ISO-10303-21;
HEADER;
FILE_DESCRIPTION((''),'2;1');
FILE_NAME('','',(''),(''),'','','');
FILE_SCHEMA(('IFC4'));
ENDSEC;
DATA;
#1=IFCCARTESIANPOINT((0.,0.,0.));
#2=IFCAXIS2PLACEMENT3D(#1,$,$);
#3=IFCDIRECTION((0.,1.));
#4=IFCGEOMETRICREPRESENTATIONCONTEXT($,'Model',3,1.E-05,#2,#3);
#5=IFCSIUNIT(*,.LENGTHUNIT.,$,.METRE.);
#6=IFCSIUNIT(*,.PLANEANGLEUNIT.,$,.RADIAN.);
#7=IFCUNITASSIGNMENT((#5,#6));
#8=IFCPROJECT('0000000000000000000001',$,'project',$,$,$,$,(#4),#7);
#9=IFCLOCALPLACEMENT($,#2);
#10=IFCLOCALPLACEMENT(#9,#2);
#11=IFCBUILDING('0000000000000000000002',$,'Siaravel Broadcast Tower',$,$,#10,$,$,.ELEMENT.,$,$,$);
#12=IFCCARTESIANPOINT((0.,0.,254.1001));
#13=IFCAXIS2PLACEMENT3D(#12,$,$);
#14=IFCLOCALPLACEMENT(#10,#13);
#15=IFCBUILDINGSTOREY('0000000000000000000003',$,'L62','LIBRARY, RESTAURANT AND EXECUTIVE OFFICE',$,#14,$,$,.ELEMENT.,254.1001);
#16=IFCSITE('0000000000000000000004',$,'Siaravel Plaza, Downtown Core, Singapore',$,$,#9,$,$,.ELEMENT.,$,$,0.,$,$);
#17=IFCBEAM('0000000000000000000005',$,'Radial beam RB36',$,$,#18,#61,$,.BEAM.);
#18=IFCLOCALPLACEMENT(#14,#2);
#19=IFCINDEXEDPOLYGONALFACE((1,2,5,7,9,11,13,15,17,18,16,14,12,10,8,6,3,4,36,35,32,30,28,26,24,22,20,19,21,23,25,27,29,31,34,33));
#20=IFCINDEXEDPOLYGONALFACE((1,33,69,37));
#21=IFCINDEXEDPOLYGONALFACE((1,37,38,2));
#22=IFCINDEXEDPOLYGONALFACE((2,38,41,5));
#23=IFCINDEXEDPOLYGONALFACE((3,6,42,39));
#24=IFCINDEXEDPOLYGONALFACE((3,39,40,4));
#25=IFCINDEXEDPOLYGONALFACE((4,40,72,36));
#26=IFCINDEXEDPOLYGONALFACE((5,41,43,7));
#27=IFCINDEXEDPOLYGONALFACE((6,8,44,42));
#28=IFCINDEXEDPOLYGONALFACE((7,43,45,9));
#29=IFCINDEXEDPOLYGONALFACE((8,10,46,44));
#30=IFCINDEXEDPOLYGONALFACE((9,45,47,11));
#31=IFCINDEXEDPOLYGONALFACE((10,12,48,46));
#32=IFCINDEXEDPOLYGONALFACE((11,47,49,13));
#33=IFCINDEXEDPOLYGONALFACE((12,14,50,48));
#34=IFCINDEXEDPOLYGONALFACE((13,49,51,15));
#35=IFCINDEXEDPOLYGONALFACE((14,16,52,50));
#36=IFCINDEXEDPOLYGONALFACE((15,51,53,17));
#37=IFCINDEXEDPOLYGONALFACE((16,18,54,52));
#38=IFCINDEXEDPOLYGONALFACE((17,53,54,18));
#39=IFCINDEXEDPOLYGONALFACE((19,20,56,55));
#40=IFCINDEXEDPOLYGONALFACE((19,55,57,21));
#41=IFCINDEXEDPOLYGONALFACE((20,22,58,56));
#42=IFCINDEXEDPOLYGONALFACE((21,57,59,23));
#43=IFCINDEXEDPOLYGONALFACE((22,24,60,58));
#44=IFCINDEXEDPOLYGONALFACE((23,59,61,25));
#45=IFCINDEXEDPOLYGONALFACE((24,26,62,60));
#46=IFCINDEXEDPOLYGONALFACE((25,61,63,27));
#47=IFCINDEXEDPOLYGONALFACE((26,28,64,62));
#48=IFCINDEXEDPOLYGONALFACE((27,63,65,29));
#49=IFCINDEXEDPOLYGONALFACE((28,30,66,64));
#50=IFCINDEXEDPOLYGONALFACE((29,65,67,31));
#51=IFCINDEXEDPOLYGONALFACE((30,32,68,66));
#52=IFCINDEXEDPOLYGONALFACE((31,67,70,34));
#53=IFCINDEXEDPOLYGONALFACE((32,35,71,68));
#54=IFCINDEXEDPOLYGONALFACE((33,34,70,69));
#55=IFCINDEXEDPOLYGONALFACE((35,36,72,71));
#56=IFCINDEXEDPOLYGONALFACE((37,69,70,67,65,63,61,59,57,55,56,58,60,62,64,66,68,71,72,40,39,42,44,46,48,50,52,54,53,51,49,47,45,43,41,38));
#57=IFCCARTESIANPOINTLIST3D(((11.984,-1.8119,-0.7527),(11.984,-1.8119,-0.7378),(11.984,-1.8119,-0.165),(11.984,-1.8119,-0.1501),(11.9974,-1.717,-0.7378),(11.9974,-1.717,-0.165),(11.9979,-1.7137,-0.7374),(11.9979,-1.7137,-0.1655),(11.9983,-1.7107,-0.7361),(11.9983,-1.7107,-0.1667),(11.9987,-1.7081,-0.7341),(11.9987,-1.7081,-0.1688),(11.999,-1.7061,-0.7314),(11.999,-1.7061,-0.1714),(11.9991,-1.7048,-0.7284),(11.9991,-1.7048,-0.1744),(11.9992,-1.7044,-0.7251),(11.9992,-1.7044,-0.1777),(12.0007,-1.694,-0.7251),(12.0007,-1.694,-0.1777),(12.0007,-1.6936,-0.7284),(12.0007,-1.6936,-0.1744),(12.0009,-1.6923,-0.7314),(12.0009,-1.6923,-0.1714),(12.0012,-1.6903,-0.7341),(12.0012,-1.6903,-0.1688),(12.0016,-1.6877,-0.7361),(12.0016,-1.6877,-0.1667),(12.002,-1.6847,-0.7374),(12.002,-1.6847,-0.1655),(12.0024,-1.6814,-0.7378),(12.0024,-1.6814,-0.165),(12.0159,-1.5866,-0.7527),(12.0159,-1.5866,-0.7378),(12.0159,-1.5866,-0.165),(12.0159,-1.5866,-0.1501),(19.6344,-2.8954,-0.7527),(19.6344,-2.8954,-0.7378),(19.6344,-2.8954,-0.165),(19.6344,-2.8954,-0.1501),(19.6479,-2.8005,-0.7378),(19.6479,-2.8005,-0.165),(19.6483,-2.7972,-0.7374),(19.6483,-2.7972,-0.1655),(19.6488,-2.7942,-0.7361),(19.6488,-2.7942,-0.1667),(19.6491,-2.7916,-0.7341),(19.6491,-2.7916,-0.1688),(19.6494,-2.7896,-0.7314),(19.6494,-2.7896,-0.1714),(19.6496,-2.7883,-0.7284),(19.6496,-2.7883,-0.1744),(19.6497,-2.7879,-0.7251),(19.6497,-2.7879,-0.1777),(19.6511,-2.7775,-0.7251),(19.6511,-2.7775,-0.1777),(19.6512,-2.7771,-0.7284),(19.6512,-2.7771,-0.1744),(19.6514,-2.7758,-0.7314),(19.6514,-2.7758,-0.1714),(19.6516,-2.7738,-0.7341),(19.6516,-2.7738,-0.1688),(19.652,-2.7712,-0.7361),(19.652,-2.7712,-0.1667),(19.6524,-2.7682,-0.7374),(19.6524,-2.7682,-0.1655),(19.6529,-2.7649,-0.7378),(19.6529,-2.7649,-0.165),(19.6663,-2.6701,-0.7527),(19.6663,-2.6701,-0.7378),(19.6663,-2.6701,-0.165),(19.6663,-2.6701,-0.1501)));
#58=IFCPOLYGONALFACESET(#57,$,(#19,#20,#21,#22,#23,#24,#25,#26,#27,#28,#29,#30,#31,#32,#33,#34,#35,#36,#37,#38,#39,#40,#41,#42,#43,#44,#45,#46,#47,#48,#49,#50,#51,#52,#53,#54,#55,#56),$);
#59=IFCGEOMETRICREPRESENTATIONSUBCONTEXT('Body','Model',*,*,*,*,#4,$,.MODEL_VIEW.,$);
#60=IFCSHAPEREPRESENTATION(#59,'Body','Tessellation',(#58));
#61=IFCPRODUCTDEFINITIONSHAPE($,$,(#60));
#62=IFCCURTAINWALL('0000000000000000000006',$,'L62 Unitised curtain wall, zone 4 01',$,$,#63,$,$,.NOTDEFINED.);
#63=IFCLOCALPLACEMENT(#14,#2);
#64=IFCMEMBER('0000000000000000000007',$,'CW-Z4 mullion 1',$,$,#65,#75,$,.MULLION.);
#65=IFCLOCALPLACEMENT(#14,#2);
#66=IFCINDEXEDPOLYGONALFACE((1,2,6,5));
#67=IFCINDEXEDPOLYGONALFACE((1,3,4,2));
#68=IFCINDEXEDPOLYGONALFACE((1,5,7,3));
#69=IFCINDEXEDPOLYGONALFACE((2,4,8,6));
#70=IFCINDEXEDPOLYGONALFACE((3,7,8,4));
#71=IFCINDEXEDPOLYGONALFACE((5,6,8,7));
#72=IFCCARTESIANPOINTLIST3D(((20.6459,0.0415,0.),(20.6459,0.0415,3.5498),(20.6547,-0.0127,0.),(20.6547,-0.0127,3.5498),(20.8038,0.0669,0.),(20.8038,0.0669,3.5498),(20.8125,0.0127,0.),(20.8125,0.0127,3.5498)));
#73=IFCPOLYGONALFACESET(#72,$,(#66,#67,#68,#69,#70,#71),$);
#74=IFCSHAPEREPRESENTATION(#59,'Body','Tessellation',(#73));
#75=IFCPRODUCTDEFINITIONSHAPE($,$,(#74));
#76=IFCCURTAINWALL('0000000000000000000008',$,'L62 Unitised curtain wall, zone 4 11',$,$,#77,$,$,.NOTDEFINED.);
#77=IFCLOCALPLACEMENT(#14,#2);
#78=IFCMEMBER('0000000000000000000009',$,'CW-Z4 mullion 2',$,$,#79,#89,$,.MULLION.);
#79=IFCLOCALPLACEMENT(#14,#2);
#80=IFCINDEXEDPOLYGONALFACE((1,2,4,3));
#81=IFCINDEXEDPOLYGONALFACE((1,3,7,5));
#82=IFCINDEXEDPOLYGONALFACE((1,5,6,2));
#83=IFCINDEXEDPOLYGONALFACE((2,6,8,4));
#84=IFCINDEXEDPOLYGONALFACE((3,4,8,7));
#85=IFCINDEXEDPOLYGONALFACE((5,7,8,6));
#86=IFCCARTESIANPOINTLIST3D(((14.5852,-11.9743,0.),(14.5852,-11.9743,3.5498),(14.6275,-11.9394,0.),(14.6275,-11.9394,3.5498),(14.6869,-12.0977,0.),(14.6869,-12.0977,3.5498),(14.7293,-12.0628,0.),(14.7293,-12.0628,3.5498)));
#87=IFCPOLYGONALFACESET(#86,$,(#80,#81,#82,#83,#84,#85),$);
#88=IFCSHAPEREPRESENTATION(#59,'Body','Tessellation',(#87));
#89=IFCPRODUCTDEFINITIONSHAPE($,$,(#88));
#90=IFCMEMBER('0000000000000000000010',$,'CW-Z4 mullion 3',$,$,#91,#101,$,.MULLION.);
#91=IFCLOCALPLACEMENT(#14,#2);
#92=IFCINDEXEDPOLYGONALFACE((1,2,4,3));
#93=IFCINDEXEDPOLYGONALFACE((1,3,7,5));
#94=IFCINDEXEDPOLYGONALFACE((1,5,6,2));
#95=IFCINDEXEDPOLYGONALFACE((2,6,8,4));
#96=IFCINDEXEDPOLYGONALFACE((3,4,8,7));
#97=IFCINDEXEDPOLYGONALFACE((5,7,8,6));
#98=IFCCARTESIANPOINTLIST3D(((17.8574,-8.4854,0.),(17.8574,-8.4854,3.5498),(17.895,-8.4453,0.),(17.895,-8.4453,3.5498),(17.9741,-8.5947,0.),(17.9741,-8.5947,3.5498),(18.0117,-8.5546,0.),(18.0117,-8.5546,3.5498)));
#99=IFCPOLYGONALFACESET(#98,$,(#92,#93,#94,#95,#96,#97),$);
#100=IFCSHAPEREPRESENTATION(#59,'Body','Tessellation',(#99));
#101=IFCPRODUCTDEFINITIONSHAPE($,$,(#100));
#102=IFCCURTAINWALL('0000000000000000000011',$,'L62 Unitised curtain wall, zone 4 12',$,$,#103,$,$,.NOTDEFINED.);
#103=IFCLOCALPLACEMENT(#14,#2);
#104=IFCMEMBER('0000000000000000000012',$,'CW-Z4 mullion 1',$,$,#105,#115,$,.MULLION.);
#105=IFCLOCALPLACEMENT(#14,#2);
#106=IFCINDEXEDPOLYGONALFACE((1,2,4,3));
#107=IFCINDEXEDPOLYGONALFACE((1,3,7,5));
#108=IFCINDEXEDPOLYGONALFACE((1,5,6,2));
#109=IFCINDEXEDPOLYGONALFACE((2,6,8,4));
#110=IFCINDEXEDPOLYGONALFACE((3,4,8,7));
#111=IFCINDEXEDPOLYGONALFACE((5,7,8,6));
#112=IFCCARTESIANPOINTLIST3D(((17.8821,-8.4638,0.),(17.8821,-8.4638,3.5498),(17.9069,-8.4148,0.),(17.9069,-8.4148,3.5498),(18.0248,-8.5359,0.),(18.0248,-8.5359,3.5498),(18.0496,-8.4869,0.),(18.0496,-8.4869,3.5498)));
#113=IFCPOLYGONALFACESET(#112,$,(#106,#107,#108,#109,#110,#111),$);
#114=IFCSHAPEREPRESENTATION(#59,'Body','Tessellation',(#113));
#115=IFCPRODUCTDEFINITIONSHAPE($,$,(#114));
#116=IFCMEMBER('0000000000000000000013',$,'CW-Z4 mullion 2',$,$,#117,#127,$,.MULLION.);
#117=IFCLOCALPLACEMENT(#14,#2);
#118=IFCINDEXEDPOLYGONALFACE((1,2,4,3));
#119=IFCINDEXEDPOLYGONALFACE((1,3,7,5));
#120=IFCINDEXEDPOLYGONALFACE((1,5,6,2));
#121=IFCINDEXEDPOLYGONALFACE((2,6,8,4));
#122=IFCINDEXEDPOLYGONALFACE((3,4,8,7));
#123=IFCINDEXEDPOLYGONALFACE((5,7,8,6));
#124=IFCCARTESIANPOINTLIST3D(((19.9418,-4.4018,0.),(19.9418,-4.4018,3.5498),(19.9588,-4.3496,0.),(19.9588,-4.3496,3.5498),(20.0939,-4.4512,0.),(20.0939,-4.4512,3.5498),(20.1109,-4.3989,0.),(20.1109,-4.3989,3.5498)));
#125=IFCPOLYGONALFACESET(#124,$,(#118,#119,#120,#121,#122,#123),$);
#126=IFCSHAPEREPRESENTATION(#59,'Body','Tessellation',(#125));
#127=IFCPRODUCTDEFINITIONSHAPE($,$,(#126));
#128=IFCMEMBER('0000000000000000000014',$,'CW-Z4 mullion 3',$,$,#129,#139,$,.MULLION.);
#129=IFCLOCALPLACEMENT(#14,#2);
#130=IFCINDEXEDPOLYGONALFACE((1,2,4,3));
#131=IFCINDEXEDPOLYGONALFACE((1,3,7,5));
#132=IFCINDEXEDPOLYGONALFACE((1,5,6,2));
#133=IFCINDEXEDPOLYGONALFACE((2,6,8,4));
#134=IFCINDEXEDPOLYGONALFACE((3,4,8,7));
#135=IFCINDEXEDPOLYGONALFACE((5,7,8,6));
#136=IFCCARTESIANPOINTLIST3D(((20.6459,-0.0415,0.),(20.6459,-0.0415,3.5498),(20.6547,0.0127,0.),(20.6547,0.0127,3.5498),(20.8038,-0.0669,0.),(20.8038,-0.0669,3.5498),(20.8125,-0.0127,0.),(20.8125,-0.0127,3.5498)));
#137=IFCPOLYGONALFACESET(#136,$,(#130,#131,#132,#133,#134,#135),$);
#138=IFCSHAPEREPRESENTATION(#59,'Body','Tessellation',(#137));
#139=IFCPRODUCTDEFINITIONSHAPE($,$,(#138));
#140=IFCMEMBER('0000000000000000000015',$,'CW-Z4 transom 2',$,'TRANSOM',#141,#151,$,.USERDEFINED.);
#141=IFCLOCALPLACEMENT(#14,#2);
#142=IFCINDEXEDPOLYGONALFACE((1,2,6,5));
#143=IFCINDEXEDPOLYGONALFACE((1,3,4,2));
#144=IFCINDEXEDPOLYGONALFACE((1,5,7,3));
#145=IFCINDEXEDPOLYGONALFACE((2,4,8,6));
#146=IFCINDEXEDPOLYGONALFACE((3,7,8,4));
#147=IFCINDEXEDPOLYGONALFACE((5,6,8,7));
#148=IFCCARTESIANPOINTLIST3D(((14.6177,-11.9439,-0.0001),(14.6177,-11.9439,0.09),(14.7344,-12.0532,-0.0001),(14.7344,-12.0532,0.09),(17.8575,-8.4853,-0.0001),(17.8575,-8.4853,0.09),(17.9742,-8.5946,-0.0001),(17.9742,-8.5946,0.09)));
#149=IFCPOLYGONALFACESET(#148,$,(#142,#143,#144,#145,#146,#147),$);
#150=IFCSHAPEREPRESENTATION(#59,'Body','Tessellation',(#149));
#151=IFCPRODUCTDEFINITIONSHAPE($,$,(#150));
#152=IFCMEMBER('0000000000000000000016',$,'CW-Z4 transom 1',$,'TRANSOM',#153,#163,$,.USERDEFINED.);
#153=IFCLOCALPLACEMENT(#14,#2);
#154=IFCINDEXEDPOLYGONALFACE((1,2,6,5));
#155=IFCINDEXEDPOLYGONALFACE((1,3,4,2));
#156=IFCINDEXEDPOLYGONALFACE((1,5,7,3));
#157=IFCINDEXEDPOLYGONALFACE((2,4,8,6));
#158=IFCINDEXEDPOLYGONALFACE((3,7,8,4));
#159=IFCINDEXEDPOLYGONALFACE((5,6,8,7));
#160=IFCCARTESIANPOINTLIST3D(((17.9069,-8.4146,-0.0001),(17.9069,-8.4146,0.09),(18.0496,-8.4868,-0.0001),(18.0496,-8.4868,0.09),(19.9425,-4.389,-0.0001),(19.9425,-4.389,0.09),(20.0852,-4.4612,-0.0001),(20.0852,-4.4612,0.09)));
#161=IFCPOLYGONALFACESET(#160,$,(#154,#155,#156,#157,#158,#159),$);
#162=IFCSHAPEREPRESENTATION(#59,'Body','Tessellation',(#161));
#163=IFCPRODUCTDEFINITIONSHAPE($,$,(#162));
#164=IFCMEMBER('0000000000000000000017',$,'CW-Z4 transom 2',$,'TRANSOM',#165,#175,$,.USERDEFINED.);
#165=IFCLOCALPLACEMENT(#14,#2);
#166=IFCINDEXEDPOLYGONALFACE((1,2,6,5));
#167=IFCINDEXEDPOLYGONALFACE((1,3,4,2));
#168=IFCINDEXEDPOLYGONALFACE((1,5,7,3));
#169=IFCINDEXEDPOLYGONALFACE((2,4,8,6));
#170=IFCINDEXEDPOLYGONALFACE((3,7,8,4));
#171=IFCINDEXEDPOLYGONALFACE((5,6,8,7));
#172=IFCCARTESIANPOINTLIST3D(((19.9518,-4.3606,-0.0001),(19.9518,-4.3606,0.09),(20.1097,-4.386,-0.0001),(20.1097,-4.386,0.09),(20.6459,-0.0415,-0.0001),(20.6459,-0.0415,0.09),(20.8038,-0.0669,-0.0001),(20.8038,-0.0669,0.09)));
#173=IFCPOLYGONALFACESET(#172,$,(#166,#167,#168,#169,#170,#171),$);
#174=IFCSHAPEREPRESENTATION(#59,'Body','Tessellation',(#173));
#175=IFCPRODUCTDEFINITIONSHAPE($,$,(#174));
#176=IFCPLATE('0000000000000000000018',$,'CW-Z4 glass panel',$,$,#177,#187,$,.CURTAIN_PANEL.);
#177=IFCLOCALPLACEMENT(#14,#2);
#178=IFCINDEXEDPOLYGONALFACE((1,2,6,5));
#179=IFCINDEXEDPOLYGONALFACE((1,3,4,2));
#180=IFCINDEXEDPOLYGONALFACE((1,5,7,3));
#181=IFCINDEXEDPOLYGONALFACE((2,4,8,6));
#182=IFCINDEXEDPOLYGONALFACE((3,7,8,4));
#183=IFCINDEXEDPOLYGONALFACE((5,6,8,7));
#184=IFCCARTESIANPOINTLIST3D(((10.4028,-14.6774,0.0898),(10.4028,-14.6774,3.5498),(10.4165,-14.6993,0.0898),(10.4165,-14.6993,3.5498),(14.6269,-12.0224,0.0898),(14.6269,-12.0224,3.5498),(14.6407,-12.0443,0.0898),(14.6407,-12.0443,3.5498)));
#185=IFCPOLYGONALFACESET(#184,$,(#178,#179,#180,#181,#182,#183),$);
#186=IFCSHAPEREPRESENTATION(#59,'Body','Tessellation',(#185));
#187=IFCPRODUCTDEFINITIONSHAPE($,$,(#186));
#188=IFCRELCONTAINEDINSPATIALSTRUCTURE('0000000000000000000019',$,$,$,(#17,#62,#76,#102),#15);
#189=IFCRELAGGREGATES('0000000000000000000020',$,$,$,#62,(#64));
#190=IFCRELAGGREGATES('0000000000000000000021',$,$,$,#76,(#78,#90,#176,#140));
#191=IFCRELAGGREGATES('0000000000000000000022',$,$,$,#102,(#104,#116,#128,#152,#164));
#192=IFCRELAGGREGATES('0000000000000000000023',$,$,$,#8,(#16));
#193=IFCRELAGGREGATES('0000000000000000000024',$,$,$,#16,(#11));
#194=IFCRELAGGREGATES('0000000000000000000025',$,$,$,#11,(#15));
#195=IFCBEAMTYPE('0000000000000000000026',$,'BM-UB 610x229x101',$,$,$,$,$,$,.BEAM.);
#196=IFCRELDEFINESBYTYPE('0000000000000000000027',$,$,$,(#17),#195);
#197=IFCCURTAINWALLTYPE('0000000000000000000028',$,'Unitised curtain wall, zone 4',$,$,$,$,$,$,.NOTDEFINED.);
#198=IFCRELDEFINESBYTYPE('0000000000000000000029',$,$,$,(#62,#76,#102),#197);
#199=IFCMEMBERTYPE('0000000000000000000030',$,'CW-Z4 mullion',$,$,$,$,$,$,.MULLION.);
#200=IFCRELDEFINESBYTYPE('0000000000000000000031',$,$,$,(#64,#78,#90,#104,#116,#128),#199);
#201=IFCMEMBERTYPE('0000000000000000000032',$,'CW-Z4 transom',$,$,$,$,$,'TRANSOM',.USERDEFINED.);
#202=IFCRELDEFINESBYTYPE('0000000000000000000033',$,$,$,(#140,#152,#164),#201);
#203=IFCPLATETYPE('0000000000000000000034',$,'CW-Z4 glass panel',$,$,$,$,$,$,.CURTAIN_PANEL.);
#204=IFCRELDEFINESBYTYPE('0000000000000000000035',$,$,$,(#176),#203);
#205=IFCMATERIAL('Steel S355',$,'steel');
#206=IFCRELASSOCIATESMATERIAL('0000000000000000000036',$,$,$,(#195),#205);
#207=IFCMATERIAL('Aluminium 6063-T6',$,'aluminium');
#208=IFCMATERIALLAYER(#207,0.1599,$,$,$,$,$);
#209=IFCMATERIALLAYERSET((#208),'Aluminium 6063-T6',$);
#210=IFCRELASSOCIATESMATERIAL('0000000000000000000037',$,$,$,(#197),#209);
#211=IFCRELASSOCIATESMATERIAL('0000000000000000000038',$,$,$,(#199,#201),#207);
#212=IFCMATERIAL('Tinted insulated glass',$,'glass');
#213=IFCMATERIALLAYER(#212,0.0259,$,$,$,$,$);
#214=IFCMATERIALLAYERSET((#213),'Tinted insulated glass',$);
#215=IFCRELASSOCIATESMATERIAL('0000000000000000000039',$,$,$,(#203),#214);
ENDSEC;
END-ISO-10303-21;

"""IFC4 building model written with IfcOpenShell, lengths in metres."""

from ifc_helpers import new_model, si_unit, direction, frame, origin, origin_2d, place, context, subcontext, project, spatial, rectangle, i_section, extrude, material, layer, layer_set, material_profile, profile_set, type_object, element, aggregate, save


model = new_model("IFC4")

# Units and contexts
model_context = context("Model", 3, precision=1e-05, world=origin(), true_north=direction((0.0, 1.0)))
body_context = subcontext(model_context, "Body", "Model", "MODEL_VIEW")
ifc_project = project(units=[si_unit("LENGTHUNIT", "METRE"), si_unit("PLANEANGLEUNIT", "RADIAN")], contexts=[model_context])

# Site, building, storey
site_placement = place(None, origin())
site = spatial("IfcSite", under=ifc_project, at=site_placement, Name="Siaravel Plaza, Downtown Core, Singapore", CompositionType="ELEMENT", RefElevation=0.0)
building_placement = place(site_placement, origin())
building = spatial("IfcBuilding", under=site, at=building_placement, Name="Siaravel Broadcast Tower", CompositionType="ELEMENT")
storey_placement = place(building_placement, frame((0.0, 0.0, 254.1001)))
storey = spatial("IfcBuildingStorey", under=building, at=storey_placement, Name="L62", Description="LIBRARY, RESTAURANT AND EXECUTIVE OFFICE", CompositionType="ELEMENT", Elevation=254.1001)

# Beam
ifc_material_1 = material(Name="Steel S355", Category="steel")
ifc_material_profile_1 = material_profile(ifc_material_1, i_section(OverallWidth=0.2275, OverallDepth=0.6025, WebThickness=0.0105, FlangeThickness=0.0149, FilletRadius=0.0127, at=origin_2d()))
ifc_profile_set_1 = profile_set([ifc_material_profile_1], Name="Steel S355")
beam_type = type_object("IfcBeamType", Name="BM-UB 610x229x101", PredefinedType="BEAM", material=ifc_profile_set_1)
beam_1_placement = place(storey_placement, frame((19.6504, -2.7827, -0.4514), z_axis=(-0.990119, 0.140227, 0.0), x_axis=(-0.140227, -0.990119, 0.0)))
element("IfcBeam", 1, at=beam_1_placement, inside=storey, type_object=beam_type, Name="Radial beam RB36", PredefinedType="BEAM", context=body_context, shape_type="SweptSolid", body=[
    extrude(i_section(OverallWidth=0.2275, OverallDepth=0.6025, WebThickness=0.0105, FlangeThickness=0.0149, FilletRadius=0.0127, at=origin_2d()), origin(), (0.0, 0.0, 1.0), 7.7268),
])

# Curtain wall, member
ifc_material_2 = material(Name="Aluminium 6063-T6", Category="aluminium")
ifc_layer_1 = layer(ifc_material_2, 0.1599)
ifc_layer_set_1 = layer_set([ifc_layer_1], Name="Aluminium 6063-T6")
curtain_wall_type = type_object("IfcCurtainWallType", Name="Unitised curtain wall, zone 4", PredefinedType="NOTDEFINED", material=ifc_layer_set_1)
curtain_wall_1_placement = place(storey_placement, origin())
curtain_wall_1 = element("IfcCurtainWall", 2, at=curtain_wall_1_placement, inside=storey, type_object=curtain_wall_type, Name="L62 Unitised curtain wall, zone 4 01", PredefinedType="NOTDEFINED")
ifc_material_profile_2 = material_profile(ifc_material_2, rectangle(XDim=0.1599, YDim=0.0549, at=origin_2d()))
ifc_profile_set_2 = profile_set([ifc_material_profile_2], Name="Aluminium 6063-T6")
member_type_1 = type_object("IfcMemberType", Name="CW-Z4 mullion", PredefinedType="MULLION", material=ifc_profile_set_2)
member_1_placement = place(storey_placement, frame((20.7292, 0.0271, 0.0), z_axis=(0.0, 0.0, 1.0), x_axis=(-0.987329, -0.158685, 0.0)))
member_1 = element("IfcMember", 3, at=member_1_placement, type_object=member_type_1, Name="CW-Z4 mullion 1", PredefinedType="MULLION", context=body_context, shape_type="SweptSolid", body=[
    extrude(rectangle(XDim=0.1599, YDim=0.0549, at=origin_2d()), origin(), (0.0, 0.0, 1.0), 3.5498),
])
aggregate(curtain_wall_1, [member_1])

# Curtain walls, members
curtain_wall_2_placement = place(storey_placement, origin())
curtain_wall_2 = element("IfcCurtainWall", 4, at=curtain_wall_2_placement, inside=storey, type_object=curtain_wall_type, Name="L62 Unitised curtain wall, zone 4 11", PredefinedType="NOTDEFINED")
member_2_placement = place(storey_placement, frame((14.6572, -12.0186, 0.0), z_axis=(0.0, 0.0, 1.0), x_axis=(-0.63622, 0.771508, 0.0)))
member_2 = element("IfcMember", 5, at=member_2_placement, type_object=member_type_1, Name="CW-Z4 mullion 2", PredefinedType="MULLION", context=body_context, shape_type="SweptSolid", body=[
    extrude(rectangle(XDim=0.1599, YDim=0.0549, at=origin_2d()), origin(), (0.0, 0.0, 1.0), 3.5498),
])
member_3_placement = place(storey_placement, frame((17.9346, -8.52, 0.0), z_axis=(0.0, 0.0, 1.0), x_axis=(-0.729807, 0.683654, 0.0)))
member_3 = element("IfcMember", 6, at=member_3_placement, type_object=member_type_1, Name="CW-Z4 mullion 3", PredefinedType="MULLION", context=body_context, shape_type="SweptSolid", body=[
    extrude(rectangle(XDim=0.1599, YDim=0.0549, at=origin_2d()), origin(), (0.0, 0.0, 1.0), 3.5498),
])
curtain_wall_3_placement = place(storey_placement, origin())
curtain_wall_3 = element("IfcCurtainWall", 7, at=curtain_wall_3_placement, inside=storey, type_object=curtain_wall_type, Name="L62 Unitised curtain wall, zone 4 12", PredefinedType="NOTDEFINED")
member_4_placement = place(storey_placement, frame((17.9658, -8.4753, 0.0), z_axis=(0.0, 0.0, 1.0), x_axis=(-0.892393, 0.451259, 0.0)))
member_4 = element("IfcMember", 8, at=member_4_placement, type_object=member_type_1, Name="CW-Z4 mullion 1", PredefinedType="MULLION", context=body_context, shape_type="SweptSolid", body=[
    extrude(rectangle(XDim=0.1599, YDim=0.0549, at=origin_2d()), origin(), (0.0, 0.0, 1.0), 3.5498),
])
member_5_placement = place(storey_placement, frame((20.0264, -4.4004, 0.0), z_axis=(0.0, 0.0, 1.0), x_axis=(-0.951178, 0.308644, 0.0)))
member_5 = element("IfcMember", 9, at=member_5_placement, type_object=member_type_1, Name="CW-Z4 mullion 2", PredefinedType="MULLION", context=body_context, shape_type="SweptSolid", body=[
    extrude(rectangle(XDim=0.1599, YDim=0.0549, at=origin_2d()), origin(), (0.0, 0.0, 1.0), 3.5498),
])
member_6_placement = place(storey_placement, frame((20.7292, -0.0271, 0.0), z_axis=(0.0, 0.0, 1.0), x_axis=(-0.987329, 0.158685, 0.0)))
member_6 = element("IfcMember", 10, at=member_6_placement, type_object=member_type_1, Name="CW-Z4 mullion 3", PredefinedType="MULLION", context=body_context, shape_type="SweptSolid", body=[
    extrude(rectangle(XDim=0.1599, YDim=0.0549, at=origin_2d()), origin(), (0.0, 0.0, 1.0), 3.5498),
])

# Members
ifc_material_profile_3 = material_profile(ifc_material_2, rectangle(XDim=0.1599, YDim=0.0901, at=origin_2d()))
ifc_profile_set_3 = profile_set([ifc_material_profile_3], Name="Aluminium 6063-T6")
member_type_2 = type_object("IfcMemberType", Name="CW-Z4 transom", ElementType="TRANSOM", PredefinedType="USERDEFINED", material=ifc_profile_set_3)
member_7_placement = place(storey_placement, frame((14.676, -11.9985, 0.0449), z_axis=(0.68365, 0.72981, 0.0), x_axis=(-0.72981, 0.68365, 0.0)))
member_7 = element("IfcMember", 11, at=member_7_placement, type_object=member_type_2, Name="CW-Z4 transom 2", ObjectType="TRANSOM", PredefinedType="USERDEFINED", context=body_context, shape_type="SweptSolid", body=[
    extrude(rectangle(XDim=0.1599, YDim=0.0901, at=origin_2d()), origin(), (0.0, 0.0, 1.0), 4.739),
])
member_8_placement = place(storey_placement, frame((17.9783, -8.4507, 0.0449), z_axis=(0.451257, 0.892394, 0.0), x_axis=(-0.892394, 0.451257, 0.0)))
member_8 = element("IfcMember", 12, at=member_8_placement, type_object=member_type_2, Name="CW-Z4 transom 1", ObjectType="TRANSOM", PredefinedType="USERDEFINED", context=body_context, shape_type="SweptSolid", body=[
    extrude(rectangle(XDim=0.1599, YDim=0.0901, at=origin_2d()), origin(), (0.0, 0.0, 1.0), 4.511),
])
member_9_placement = place(storey_placement, frame((20.0308, -4.3733, 0.0449), z_axis=(0.158667, 0.987332, 0.0), x_axis=(-0.987332, 0.158667, 0.0)))
member_9 = element("IfcMember", 13, at=member_9_placement, type_object=member_type_2, Name="CW-Z4 transom 2", ObjectType="TRANSOM", PredefinedType="USERDEFINED", context=body_context, shape_type="SweptSolid", body=[
    extrude(rectangle(XDim=0.1599, YDim=0.0901, at=origin_2d()), origin(), (0.0, 0.0, 1.0), 4.3745),
])

# Plate
ifc_material_3 = material(Name="Tinted insulated glass", Category="glass")
ifc_layer_2 = layer(ifc_material_3, 0.0259)
ifc_layer_set_2 = layer_set([ifc_layer_2], Name="Tinted insulated glass")
plate_type = type_object("IfcPlateType", Name="CW-Z4 glass panel", PredefinedType="CURTAIN_PANEL", material=ifc_layer_set_2)
plate_1_placement = place(storey_placement, frame((12.5217, -13.3608, 0.0898), z_axis=(0.0, 0.0, 1.0), x_axis=(0.84665, 0.532151, 0.0)))
plate_1 = element("IfcPlate", 14, at=plate_1_placement, type_object=plate_type, Name="CW-Z4 glass panel", PredefinedType="CURTAIN_PANEL", context=body_context, shape_type="SweptSolid", body=[
    extrude(rectangle(XDim=4.9893, YDim=0.0259, at=origin_2d()), origin(), (0.0, 0.0, 1.0), 3.46),
])
aggregate(curtain_wall_2, [member_2, member_3, plate_1, member_7])
aggregate(curtain_wall_3, [member_4, member_5, member_6, member_8, member_9])

save(model, "model.ifc")
